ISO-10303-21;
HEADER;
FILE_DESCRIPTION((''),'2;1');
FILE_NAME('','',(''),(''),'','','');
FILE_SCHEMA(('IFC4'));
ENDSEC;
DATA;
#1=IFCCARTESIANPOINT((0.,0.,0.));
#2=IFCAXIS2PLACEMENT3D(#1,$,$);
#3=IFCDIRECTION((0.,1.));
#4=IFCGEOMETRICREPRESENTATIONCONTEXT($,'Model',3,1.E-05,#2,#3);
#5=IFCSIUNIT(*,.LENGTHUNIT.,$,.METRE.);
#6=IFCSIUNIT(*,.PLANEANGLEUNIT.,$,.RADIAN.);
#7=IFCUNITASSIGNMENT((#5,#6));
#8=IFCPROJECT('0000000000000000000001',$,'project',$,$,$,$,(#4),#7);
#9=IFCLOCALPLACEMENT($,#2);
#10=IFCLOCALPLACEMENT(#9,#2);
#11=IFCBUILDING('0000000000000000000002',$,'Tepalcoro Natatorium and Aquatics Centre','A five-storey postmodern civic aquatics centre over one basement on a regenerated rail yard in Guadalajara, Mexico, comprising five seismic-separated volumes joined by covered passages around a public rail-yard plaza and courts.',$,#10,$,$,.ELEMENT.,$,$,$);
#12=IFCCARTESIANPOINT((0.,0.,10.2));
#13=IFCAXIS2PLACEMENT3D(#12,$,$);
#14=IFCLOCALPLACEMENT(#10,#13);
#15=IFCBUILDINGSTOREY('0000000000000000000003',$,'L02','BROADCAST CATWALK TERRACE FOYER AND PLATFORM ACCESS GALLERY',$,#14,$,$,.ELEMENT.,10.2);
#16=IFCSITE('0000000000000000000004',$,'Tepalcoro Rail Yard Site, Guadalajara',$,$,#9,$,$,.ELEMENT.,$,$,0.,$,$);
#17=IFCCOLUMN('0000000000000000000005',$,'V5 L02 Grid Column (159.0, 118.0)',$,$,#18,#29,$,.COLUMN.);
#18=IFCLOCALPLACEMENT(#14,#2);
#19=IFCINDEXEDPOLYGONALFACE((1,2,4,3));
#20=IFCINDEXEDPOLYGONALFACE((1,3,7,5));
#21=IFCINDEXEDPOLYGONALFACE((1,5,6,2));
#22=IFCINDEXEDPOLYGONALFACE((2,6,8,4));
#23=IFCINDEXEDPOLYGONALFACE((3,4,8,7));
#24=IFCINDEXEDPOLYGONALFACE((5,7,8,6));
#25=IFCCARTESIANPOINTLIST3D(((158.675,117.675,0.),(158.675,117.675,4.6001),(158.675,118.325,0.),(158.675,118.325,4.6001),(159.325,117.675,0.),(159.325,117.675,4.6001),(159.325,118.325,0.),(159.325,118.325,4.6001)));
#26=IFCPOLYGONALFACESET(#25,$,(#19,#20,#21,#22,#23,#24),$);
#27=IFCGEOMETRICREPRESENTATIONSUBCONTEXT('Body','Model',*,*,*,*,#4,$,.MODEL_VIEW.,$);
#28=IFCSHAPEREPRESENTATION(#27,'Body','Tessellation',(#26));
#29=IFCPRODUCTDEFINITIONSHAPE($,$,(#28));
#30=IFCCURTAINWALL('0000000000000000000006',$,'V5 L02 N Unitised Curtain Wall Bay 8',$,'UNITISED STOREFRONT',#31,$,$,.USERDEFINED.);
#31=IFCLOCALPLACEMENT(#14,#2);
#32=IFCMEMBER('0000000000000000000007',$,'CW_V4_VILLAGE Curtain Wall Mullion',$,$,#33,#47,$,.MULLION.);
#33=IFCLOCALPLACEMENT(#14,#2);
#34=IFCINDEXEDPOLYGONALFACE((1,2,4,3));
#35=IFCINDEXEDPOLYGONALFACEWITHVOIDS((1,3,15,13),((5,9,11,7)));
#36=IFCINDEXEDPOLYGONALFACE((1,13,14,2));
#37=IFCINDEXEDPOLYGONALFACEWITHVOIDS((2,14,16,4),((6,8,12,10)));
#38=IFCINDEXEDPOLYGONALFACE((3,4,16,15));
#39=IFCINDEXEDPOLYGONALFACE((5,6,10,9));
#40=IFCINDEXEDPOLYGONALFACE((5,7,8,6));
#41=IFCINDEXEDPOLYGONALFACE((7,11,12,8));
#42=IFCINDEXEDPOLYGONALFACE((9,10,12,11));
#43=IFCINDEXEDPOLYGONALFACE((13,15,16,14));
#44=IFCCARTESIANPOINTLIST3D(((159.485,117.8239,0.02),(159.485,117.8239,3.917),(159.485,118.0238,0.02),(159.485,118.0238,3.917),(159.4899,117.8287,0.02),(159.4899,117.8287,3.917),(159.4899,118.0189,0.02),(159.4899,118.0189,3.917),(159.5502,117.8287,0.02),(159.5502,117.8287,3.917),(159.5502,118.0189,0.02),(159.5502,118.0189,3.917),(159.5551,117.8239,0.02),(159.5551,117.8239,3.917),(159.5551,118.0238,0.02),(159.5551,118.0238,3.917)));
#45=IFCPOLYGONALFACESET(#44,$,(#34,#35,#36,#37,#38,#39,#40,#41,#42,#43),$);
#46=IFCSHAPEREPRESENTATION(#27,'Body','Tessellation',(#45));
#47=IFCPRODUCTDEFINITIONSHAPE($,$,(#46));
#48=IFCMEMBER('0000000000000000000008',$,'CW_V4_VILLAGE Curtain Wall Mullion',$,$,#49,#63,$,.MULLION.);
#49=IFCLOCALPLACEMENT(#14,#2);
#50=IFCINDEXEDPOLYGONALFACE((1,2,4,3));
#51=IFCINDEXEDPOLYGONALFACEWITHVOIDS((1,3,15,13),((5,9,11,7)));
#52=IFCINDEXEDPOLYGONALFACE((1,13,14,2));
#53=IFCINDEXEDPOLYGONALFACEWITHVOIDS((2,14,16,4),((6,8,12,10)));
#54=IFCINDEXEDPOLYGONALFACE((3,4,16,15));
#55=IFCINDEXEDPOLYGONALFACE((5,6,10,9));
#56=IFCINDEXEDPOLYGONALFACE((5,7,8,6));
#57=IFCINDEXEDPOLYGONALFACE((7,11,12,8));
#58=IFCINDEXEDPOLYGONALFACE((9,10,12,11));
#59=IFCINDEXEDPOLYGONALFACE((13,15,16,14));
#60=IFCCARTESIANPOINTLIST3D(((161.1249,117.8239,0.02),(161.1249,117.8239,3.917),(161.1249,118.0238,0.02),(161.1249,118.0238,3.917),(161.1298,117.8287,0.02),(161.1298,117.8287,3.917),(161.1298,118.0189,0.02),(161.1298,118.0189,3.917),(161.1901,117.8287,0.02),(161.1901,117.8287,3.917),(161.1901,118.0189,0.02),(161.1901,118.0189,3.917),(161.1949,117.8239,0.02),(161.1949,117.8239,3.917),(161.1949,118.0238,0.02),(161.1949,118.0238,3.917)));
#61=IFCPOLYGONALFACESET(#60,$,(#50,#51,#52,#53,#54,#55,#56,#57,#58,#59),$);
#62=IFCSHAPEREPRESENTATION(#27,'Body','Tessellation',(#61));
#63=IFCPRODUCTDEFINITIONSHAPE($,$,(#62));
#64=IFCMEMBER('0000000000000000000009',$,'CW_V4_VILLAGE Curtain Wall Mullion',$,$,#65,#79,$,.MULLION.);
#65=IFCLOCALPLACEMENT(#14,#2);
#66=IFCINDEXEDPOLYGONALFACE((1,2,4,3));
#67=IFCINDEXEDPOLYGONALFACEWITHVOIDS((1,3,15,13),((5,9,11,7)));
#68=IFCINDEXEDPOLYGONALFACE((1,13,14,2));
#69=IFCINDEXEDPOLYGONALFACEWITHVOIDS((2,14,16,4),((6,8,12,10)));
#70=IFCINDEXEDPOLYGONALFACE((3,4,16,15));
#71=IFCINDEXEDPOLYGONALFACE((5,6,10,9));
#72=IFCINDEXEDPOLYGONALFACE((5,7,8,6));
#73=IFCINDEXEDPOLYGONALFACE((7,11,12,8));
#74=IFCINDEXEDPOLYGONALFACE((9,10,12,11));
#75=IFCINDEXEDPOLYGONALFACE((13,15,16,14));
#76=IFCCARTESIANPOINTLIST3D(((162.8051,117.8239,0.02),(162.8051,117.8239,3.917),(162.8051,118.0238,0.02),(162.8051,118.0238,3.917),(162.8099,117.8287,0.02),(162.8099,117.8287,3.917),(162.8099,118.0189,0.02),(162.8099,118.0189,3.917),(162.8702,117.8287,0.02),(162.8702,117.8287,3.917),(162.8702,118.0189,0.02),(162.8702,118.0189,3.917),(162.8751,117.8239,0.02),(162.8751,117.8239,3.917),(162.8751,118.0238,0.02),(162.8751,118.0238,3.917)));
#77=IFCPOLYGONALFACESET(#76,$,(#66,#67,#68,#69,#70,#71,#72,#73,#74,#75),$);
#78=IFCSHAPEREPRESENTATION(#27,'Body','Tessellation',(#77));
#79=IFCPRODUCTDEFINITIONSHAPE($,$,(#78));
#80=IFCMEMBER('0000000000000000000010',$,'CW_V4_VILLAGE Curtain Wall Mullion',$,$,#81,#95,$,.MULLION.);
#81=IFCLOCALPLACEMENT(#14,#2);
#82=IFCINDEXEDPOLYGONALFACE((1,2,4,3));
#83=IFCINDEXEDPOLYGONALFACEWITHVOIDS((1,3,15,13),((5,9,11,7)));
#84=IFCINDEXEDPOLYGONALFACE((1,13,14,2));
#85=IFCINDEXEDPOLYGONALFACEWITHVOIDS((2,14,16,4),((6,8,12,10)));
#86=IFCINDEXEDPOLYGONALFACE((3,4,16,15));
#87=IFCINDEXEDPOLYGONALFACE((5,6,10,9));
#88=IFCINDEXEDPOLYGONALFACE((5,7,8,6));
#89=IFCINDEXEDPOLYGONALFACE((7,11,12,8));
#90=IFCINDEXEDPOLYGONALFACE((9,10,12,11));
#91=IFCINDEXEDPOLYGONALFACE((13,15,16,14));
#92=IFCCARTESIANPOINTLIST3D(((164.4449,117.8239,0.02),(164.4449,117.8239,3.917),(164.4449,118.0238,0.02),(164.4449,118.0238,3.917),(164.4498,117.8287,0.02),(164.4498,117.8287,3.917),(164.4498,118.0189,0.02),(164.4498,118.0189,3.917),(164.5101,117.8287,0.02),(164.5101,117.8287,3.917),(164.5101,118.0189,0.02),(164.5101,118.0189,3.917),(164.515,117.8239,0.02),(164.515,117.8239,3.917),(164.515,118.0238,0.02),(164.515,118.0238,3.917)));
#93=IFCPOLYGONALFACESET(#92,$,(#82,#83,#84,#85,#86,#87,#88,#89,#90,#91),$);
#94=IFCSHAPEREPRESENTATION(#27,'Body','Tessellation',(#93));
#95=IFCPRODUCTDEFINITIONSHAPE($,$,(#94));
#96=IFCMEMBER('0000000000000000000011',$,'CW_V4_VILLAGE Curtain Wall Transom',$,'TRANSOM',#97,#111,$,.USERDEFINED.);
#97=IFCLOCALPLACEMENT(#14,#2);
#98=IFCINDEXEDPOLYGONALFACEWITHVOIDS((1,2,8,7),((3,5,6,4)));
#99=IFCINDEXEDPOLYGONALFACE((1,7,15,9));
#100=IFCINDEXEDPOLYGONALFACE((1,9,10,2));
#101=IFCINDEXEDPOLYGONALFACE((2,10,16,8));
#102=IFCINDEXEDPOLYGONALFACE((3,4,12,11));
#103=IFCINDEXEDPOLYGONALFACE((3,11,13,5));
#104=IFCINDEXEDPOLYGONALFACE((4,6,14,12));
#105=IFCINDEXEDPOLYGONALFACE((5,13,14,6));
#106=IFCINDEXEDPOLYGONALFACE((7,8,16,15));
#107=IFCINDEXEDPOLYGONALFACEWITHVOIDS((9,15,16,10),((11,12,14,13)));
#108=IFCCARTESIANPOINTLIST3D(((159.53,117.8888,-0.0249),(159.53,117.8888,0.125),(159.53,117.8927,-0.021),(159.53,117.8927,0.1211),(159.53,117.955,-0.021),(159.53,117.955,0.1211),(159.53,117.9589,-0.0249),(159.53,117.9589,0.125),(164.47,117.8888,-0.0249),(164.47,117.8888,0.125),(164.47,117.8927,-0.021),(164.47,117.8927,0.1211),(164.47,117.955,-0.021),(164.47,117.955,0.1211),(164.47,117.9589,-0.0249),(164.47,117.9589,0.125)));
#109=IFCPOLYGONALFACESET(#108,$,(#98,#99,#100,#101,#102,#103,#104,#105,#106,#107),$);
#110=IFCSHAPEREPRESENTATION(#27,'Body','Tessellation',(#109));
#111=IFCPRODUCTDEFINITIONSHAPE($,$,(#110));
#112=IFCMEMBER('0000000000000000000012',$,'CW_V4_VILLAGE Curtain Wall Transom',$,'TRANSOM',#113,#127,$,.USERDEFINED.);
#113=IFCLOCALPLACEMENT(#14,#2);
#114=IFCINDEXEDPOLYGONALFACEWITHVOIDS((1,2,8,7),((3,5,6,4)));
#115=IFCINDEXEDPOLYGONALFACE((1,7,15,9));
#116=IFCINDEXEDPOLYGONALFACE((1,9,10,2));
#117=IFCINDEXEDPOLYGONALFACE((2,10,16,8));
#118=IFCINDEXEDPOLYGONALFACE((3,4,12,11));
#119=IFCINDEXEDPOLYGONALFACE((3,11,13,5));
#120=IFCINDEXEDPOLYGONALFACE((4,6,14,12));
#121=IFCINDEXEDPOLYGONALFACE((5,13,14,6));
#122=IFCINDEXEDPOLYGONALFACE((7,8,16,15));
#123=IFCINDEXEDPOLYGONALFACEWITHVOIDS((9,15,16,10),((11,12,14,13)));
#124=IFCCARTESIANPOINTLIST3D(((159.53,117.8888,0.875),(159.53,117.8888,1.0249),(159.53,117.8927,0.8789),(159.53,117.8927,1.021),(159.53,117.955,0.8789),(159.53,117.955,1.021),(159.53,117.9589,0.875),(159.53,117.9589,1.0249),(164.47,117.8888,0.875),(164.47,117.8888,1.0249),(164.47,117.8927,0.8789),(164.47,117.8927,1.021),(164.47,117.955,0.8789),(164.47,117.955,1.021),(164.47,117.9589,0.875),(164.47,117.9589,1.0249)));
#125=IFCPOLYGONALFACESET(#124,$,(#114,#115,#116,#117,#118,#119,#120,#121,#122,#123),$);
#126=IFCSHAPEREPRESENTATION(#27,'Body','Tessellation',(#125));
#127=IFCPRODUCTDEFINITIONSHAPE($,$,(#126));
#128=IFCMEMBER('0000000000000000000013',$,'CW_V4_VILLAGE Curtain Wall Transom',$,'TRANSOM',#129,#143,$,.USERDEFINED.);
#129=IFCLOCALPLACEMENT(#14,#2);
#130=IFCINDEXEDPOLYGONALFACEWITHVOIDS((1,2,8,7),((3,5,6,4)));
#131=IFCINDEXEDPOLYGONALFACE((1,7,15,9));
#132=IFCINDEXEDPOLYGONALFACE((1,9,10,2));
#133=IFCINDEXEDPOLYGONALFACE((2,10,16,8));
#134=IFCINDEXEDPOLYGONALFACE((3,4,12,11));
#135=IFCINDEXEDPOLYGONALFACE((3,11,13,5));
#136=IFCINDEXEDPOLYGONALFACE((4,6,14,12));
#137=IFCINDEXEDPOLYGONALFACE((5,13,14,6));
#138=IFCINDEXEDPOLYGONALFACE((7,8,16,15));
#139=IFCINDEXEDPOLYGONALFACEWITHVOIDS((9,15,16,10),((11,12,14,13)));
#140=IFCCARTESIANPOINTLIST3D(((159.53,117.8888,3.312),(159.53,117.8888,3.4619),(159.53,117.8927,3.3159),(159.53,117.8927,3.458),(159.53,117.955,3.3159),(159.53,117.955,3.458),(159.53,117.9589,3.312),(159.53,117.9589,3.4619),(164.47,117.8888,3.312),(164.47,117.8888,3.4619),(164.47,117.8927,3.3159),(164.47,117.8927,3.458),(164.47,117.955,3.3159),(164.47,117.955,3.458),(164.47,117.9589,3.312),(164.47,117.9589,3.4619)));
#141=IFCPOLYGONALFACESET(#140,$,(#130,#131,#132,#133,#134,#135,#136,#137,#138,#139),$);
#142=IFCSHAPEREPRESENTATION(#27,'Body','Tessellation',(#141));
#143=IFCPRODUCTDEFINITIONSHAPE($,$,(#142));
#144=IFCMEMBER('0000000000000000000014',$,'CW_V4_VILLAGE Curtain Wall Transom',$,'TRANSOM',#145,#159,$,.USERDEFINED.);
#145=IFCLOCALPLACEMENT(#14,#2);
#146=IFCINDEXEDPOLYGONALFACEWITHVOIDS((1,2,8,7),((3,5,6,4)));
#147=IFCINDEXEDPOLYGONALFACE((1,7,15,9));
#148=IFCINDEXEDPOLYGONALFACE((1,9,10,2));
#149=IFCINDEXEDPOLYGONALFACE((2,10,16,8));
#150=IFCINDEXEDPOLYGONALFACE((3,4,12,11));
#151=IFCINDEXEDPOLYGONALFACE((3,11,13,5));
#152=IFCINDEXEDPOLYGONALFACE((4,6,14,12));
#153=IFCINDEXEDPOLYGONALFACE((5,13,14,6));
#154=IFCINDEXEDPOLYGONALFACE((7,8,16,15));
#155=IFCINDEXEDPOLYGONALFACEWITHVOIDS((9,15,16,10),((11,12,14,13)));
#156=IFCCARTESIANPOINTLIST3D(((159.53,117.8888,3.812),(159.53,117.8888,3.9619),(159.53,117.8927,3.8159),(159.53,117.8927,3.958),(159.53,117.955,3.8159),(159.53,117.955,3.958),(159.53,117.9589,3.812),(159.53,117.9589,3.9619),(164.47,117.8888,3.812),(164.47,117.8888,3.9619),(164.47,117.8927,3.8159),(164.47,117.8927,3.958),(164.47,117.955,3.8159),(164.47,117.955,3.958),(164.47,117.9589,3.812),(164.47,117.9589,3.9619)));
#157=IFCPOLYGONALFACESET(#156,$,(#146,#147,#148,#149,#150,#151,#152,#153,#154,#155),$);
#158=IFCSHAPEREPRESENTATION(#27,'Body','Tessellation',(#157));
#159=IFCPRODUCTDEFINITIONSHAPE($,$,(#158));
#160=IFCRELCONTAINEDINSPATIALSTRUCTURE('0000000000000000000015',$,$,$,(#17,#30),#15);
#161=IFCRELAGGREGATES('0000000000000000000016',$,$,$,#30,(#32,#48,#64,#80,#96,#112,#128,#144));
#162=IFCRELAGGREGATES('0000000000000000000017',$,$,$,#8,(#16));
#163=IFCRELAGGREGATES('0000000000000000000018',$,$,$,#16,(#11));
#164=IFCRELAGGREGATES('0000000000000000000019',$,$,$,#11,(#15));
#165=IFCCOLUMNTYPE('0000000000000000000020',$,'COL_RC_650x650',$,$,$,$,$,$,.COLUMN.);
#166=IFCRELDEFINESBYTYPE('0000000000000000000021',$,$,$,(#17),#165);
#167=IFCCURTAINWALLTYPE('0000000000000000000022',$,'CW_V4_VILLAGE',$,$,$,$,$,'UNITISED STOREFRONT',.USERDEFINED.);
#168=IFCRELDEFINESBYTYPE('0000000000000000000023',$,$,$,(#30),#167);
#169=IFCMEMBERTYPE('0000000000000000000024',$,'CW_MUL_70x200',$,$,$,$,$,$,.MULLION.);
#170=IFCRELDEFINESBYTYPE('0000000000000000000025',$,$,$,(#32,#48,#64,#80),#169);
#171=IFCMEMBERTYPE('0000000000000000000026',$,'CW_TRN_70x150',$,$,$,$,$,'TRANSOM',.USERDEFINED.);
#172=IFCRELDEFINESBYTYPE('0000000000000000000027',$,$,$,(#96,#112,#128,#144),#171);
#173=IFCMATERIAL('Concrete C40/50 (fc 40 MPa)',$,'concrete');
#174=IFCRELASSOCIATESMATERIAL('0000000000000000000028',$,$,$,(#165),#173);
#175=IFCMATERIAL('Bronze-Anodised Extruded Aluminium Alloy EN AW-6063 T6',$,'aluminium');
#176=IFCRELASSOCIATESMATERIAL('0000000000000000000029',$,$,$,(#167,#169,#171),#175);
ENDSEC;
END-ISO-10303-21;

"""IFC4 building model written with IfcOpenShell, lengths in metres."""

from ifc_helpers import new_model, si_unit, direction, frame, origin, origin_2d, place, context, subcontext, project, spatial, rectangle, hollow_rectangle, extrude, material, material_profile, profile_set, type_object, element, aggregate, save


model = new_model("IFC4")

# Units and contexts
model_context = context("Model", 3, precision=1e-05, world=origin(), true_north=direction((0.0, 1.0)))
body_context = subcontext(model_context, "Body", "Model", "MODEL_VIEW")
ifc_project = project(units=[si_unit("LENGTHUNIT", "METRE"), si_unit("PLANEANGLEUNIT", "RADIAN")], contexts=[model_context])

# Site, building, storey
site_placement = place(None, origin())
site = spatial("IfcSite", under=ifc_project, at=site_placement, Name="Tepalcoro Rail Yard Site, Guadalajara", CompositionType="ELEMENT", RefElevation=0.0)
building_placement = place(site_placement, origin())
building = spatial("IfcBuilding", under=site, at=building_placement, Name="Tepalcoro Natatorium and Aquatics Centre", Description="A five-storey postmodern civic aquatics centre over one basement on a regenerated rail yard in Guadalajara, Mexico, comprising five seismic-separated volumes joined by covered passages around a public rail-yard plaza and courts.", CompositionType="ELEMENT")
storey_placement = place(building_placement, frame((0.0, 0.0, 10.2)))
storey = spatial("IfcBuildingStorey", under=building, at=storey_placement, Name="L02", Description="BROADCAST CATWALK TERRACE FOYER AND PLATFORM ACCESS GALLERY", CompositionType="ELEMENT", Elevation=10.2)

# Column
ifc_material_1 = material(Name="Concrete C40/50 (fc 40 MPa)", Category="concrete")
ifc_material_profile_1 = material_profile(ifc_material_1, rectangle(XDim=0.6499, YDim=0.6499, at=origin_2d()), Name="RC650x650")
ifc_profile_set_1 = profile_set([ifc_material_profile_1], Name="Concrete C40/50 (fc 40 MPa)")
column_type = type_object("IfcColumnType", Name="COL_RC_650x650", PredefinedType="COLUMN", material=ifc_profile_set_1)
column_placement = place(storey_placement, frame((159.0, 118.0, 0.0), z_axis=(0.0, 0.0, 1.0), x_axis=(1.0, 0.0, 0.0)))
element("IfcColumn", 1, at=column_placement, inside=storey, type_object=column_type, Name="V5 L02 Grid Column (159.0, 118.0)", PredefinedType="COLUMN", context=body_context, shape_type="SweptSolid", body=[
    extrude(rectangle(XDim=0.6499, YDim=0.6499, at=origin_2d()), origin(), (0.0, 0.0, 1.0), 4.6001),
])

# Curtain wall, members
ifc_material_2 = material(Name="Bronze-Anodised Extruded Aluminium Alloy EN AW-6063 T6", Category="aluminium")
curtain_wall_type = type_object("IfcCurtainWallType", Name="CW_V4_VILLAGE", ElementType="UNITISED STOREFRONT", PredefinedType="USERDEFINED", material=ifc_material_2)
curtain_wall_placement = place(storey_placement, origin())
curtain_wall = element("IfcCurtainWall", 2, at=curtain_wall_placement, inside=storey, type_object=curtain_wall_type, Name="V5 L02 N Unitised Curtain Wall Bay 8", ObjectType="UNITISED STOREFRONT", PredefinedType="USERDEFINED")
ifc_material_profile_2 = material_profile(ifc_material_2, hollow_rectangle(XDim=0.0701, YDim=0.2, WallThickness=0.0049, at=origin_2d()), Name="AL70X200X5")
ifc_profile_set_2 = profile_set([ifc_material_profile_2], Name="Bronze-Anodised Extruded Aluminium Alloy EN AW-6063 T6")
member_type_1 = type_object("IfcMemberType", Name="CW_MUL_70x200", PredefinedType="MULLION", material=ifc_profile_set_2)
member_1_placement = place(storey_placement, frame((159.52, 117.9238, 0.02), z_axis=(0.0, 0.0, 1.0), x_axis=(1.0, 0.0, 0.0)))
member_1 = element("IfcMember", 3, at=member_1_placement, type_object=member_type_1, Name="CW_V4_VILLAGE Curtain Wall Mullion", PredefinedType="MULLION", context=body_context, shape_type="SweptSolid", body=[
    extrude(hollow_rectangle(XDim=0.0701, YDim=0.2, WallThickness=0.0049, at=origin_2d()), origin(), (0.0, 0.0, 1.0), 3.897),
])
member_2_placement = place(storey_placement, frame((161.1599, 117.9238, 0.02), z_axis=(0.0, 0.0, 1.0), x_axis=(1.0, 0.0, 0.0)))
member_2 = element("IfcMember", 4, at=member_2_placement, type_object=member_type_1, Name="CW_V4_VILLAGE Curtain Wall Mullion", PredefinedType="MULLION", context=body_context, shape_type="SweptSolid", body=[
    extrude(hollow_rectangle(XDim=0.0701, YDim=0.2, WallThickness=0.0049, at=origin_2d()), origin(), (0.0, 0.0, 1.0), 3.897),
])
member_3_placement = place(storey_placement, frame((162.8401, 117.9238, 0.02), z_axis=(0.0, 0.0, 1.0), x_axis=(1.0, 0.0, 0.0)))
member_3 = element("IfcMember", 5, at=member_3_placement, type_object=member_type_1, Name="CW_V4_VILLAGE Curtain Wall Mullion", PredefinedType="MULLION", context=body_context, shape_type="SweptSolid", body=[
    extrude(hollow_rectangle(XDim=0.0701, YDim=0.2, WallThickness=0.0049, at=origin_2d()), origin(), (0.0, 0.0, 1.0), 3.897),
])
member_4_placement = place(storey_placement, frame((164.48, 117.9238, 0.02), z_axis=(0.0, 0.0, 1.0), x_axis=(1.0, 0.0, 0.0)))
member_4 = element("IfcMember", 6, at=member_4_placement, type_object=member_type_1, Name="CW_V4_VILLAGE Curtain Wall Mullion", PredefinedType="MULLION", context=body_context, shape_type="SweptSolid", body=[
    extrude(hollow_rectangle(XDim=0.0701, YDim=0.2, WallThickness=0.0049, at=origin_2d()), origin(), (0.0, 0.0, 1.0), 3.897),
])
ifc_material_profile_3 = material_profile(ifc_material_2, hollow_rectangle(XDim=0.0701, YDim=0.1499, WallThickness=0.0039, at=origin_2d()), Name="AL70X150X4")
ifc_profile_set_3 = profile_set([ifc_material_profile_3], Name="Bronze-Anodised Extruded Aluminium Alloy EN AW-6063 T6")
member_type_2 = type_object("IfcMemberType", Name="CW_TRN_70x150", ElementType="TRANSOM", PredefinedType="USERDEFINED", material=ifc_profile_set_3)
member_5_placement = place(storey_placement, frame((159.53, 117.9238, 0.05), z_axis=(1.0, 0.0, 0.0), x_axis=(0.0, 1.0, 0.0)))
member_5 = element("IfcMember", 7, at=member_5_placement, type_object=member_type_2, Name="CW_V4_VILLAGE Curtain Wall Transom", ObjectType="TRANSOM", PredefinedType="USERDEFINED", context=body_context, shape_type="SweptSolid", body=[
    extrude(hollow_rectangle(XDim=0.0701, YDim=0.1499, WallThickness=0.0039, at=origin_2d()), origin(), (0.0, 0.0, 1.0), 4.9399),
])
member_6_placement = place(storey_placement, frame((159.53, 117.9238, 0.95), z_axis=(1.0, 0.0, 0.0), x_axis=(0.0, 1.0, 0.0)))
member_6 = element("IfcMember", 8, at=member_6_placement, type_object=member_type_2, Name="CW_V4_VILLAGE Curtain Wall Transom", ObjectType="TRANSOM", PredefinedType="USERDEFINED", context=body_context, shape_type="SweptSolid", body=[
    extrude(hollow_rectangle(XDim=0.0701, YDim=0.1499, WallThickness=0.0039, at=origin_2d()), origin(), (0.0, 0.0, 1.0), 4.9399),
])
member_7_placement = place(storey_placement, frame((159.53, 117.9238, 3.387), z_axis=(1.0, 0.0, 0.0), x_axis=(0.0, 1.0, 0.0)))
member_7 = element("IfcMember", 9, at=member_7_placement, type_object=member_type_2, Name="CW_V4_VILLAGE Curtain Wall Transom", ObjectType="TRANSOM", PredefinedType="USERDEFINED", context=body_context, shape_type="SweptSolid", body=[
    extrude(hollow_rectangle(XDim=0.0701, YDim=0.1499, WallThickness=0.0039, at=origin_2d()), origin(), (0.0, 0.0, 1.0), 4.9399),
])
member_8_placement = place(storey_placement, frame((159.53, 117.9238, 3.887), z_axis=(1.0, 0.0, 0.0), x_axis=(0.0, 1.0, 0.0)))
member_8 = element("IfcMember", 10, at=member_8_placement, type_object=member_type_2, Name="CW_V4_VILLAGE Curtain Wall Transom", ObjectType="TRANSOM", PredefinedType="USERDEFINED", context=body_context, shape_type="SweptSolid", body=[
    extrude(hollow_rectangle(XDim=0.0701, YDim=0.1499, WallThickness=0.0039, at=origin_2d()), origin(), (0.0, 0.0, 1.0), 4.9399),
])

aggregate(curtain_wall, [member_1, member_2, member_3, member_4, member_5, member_6, member_7, member_8])

save(model, "model.ifc")
